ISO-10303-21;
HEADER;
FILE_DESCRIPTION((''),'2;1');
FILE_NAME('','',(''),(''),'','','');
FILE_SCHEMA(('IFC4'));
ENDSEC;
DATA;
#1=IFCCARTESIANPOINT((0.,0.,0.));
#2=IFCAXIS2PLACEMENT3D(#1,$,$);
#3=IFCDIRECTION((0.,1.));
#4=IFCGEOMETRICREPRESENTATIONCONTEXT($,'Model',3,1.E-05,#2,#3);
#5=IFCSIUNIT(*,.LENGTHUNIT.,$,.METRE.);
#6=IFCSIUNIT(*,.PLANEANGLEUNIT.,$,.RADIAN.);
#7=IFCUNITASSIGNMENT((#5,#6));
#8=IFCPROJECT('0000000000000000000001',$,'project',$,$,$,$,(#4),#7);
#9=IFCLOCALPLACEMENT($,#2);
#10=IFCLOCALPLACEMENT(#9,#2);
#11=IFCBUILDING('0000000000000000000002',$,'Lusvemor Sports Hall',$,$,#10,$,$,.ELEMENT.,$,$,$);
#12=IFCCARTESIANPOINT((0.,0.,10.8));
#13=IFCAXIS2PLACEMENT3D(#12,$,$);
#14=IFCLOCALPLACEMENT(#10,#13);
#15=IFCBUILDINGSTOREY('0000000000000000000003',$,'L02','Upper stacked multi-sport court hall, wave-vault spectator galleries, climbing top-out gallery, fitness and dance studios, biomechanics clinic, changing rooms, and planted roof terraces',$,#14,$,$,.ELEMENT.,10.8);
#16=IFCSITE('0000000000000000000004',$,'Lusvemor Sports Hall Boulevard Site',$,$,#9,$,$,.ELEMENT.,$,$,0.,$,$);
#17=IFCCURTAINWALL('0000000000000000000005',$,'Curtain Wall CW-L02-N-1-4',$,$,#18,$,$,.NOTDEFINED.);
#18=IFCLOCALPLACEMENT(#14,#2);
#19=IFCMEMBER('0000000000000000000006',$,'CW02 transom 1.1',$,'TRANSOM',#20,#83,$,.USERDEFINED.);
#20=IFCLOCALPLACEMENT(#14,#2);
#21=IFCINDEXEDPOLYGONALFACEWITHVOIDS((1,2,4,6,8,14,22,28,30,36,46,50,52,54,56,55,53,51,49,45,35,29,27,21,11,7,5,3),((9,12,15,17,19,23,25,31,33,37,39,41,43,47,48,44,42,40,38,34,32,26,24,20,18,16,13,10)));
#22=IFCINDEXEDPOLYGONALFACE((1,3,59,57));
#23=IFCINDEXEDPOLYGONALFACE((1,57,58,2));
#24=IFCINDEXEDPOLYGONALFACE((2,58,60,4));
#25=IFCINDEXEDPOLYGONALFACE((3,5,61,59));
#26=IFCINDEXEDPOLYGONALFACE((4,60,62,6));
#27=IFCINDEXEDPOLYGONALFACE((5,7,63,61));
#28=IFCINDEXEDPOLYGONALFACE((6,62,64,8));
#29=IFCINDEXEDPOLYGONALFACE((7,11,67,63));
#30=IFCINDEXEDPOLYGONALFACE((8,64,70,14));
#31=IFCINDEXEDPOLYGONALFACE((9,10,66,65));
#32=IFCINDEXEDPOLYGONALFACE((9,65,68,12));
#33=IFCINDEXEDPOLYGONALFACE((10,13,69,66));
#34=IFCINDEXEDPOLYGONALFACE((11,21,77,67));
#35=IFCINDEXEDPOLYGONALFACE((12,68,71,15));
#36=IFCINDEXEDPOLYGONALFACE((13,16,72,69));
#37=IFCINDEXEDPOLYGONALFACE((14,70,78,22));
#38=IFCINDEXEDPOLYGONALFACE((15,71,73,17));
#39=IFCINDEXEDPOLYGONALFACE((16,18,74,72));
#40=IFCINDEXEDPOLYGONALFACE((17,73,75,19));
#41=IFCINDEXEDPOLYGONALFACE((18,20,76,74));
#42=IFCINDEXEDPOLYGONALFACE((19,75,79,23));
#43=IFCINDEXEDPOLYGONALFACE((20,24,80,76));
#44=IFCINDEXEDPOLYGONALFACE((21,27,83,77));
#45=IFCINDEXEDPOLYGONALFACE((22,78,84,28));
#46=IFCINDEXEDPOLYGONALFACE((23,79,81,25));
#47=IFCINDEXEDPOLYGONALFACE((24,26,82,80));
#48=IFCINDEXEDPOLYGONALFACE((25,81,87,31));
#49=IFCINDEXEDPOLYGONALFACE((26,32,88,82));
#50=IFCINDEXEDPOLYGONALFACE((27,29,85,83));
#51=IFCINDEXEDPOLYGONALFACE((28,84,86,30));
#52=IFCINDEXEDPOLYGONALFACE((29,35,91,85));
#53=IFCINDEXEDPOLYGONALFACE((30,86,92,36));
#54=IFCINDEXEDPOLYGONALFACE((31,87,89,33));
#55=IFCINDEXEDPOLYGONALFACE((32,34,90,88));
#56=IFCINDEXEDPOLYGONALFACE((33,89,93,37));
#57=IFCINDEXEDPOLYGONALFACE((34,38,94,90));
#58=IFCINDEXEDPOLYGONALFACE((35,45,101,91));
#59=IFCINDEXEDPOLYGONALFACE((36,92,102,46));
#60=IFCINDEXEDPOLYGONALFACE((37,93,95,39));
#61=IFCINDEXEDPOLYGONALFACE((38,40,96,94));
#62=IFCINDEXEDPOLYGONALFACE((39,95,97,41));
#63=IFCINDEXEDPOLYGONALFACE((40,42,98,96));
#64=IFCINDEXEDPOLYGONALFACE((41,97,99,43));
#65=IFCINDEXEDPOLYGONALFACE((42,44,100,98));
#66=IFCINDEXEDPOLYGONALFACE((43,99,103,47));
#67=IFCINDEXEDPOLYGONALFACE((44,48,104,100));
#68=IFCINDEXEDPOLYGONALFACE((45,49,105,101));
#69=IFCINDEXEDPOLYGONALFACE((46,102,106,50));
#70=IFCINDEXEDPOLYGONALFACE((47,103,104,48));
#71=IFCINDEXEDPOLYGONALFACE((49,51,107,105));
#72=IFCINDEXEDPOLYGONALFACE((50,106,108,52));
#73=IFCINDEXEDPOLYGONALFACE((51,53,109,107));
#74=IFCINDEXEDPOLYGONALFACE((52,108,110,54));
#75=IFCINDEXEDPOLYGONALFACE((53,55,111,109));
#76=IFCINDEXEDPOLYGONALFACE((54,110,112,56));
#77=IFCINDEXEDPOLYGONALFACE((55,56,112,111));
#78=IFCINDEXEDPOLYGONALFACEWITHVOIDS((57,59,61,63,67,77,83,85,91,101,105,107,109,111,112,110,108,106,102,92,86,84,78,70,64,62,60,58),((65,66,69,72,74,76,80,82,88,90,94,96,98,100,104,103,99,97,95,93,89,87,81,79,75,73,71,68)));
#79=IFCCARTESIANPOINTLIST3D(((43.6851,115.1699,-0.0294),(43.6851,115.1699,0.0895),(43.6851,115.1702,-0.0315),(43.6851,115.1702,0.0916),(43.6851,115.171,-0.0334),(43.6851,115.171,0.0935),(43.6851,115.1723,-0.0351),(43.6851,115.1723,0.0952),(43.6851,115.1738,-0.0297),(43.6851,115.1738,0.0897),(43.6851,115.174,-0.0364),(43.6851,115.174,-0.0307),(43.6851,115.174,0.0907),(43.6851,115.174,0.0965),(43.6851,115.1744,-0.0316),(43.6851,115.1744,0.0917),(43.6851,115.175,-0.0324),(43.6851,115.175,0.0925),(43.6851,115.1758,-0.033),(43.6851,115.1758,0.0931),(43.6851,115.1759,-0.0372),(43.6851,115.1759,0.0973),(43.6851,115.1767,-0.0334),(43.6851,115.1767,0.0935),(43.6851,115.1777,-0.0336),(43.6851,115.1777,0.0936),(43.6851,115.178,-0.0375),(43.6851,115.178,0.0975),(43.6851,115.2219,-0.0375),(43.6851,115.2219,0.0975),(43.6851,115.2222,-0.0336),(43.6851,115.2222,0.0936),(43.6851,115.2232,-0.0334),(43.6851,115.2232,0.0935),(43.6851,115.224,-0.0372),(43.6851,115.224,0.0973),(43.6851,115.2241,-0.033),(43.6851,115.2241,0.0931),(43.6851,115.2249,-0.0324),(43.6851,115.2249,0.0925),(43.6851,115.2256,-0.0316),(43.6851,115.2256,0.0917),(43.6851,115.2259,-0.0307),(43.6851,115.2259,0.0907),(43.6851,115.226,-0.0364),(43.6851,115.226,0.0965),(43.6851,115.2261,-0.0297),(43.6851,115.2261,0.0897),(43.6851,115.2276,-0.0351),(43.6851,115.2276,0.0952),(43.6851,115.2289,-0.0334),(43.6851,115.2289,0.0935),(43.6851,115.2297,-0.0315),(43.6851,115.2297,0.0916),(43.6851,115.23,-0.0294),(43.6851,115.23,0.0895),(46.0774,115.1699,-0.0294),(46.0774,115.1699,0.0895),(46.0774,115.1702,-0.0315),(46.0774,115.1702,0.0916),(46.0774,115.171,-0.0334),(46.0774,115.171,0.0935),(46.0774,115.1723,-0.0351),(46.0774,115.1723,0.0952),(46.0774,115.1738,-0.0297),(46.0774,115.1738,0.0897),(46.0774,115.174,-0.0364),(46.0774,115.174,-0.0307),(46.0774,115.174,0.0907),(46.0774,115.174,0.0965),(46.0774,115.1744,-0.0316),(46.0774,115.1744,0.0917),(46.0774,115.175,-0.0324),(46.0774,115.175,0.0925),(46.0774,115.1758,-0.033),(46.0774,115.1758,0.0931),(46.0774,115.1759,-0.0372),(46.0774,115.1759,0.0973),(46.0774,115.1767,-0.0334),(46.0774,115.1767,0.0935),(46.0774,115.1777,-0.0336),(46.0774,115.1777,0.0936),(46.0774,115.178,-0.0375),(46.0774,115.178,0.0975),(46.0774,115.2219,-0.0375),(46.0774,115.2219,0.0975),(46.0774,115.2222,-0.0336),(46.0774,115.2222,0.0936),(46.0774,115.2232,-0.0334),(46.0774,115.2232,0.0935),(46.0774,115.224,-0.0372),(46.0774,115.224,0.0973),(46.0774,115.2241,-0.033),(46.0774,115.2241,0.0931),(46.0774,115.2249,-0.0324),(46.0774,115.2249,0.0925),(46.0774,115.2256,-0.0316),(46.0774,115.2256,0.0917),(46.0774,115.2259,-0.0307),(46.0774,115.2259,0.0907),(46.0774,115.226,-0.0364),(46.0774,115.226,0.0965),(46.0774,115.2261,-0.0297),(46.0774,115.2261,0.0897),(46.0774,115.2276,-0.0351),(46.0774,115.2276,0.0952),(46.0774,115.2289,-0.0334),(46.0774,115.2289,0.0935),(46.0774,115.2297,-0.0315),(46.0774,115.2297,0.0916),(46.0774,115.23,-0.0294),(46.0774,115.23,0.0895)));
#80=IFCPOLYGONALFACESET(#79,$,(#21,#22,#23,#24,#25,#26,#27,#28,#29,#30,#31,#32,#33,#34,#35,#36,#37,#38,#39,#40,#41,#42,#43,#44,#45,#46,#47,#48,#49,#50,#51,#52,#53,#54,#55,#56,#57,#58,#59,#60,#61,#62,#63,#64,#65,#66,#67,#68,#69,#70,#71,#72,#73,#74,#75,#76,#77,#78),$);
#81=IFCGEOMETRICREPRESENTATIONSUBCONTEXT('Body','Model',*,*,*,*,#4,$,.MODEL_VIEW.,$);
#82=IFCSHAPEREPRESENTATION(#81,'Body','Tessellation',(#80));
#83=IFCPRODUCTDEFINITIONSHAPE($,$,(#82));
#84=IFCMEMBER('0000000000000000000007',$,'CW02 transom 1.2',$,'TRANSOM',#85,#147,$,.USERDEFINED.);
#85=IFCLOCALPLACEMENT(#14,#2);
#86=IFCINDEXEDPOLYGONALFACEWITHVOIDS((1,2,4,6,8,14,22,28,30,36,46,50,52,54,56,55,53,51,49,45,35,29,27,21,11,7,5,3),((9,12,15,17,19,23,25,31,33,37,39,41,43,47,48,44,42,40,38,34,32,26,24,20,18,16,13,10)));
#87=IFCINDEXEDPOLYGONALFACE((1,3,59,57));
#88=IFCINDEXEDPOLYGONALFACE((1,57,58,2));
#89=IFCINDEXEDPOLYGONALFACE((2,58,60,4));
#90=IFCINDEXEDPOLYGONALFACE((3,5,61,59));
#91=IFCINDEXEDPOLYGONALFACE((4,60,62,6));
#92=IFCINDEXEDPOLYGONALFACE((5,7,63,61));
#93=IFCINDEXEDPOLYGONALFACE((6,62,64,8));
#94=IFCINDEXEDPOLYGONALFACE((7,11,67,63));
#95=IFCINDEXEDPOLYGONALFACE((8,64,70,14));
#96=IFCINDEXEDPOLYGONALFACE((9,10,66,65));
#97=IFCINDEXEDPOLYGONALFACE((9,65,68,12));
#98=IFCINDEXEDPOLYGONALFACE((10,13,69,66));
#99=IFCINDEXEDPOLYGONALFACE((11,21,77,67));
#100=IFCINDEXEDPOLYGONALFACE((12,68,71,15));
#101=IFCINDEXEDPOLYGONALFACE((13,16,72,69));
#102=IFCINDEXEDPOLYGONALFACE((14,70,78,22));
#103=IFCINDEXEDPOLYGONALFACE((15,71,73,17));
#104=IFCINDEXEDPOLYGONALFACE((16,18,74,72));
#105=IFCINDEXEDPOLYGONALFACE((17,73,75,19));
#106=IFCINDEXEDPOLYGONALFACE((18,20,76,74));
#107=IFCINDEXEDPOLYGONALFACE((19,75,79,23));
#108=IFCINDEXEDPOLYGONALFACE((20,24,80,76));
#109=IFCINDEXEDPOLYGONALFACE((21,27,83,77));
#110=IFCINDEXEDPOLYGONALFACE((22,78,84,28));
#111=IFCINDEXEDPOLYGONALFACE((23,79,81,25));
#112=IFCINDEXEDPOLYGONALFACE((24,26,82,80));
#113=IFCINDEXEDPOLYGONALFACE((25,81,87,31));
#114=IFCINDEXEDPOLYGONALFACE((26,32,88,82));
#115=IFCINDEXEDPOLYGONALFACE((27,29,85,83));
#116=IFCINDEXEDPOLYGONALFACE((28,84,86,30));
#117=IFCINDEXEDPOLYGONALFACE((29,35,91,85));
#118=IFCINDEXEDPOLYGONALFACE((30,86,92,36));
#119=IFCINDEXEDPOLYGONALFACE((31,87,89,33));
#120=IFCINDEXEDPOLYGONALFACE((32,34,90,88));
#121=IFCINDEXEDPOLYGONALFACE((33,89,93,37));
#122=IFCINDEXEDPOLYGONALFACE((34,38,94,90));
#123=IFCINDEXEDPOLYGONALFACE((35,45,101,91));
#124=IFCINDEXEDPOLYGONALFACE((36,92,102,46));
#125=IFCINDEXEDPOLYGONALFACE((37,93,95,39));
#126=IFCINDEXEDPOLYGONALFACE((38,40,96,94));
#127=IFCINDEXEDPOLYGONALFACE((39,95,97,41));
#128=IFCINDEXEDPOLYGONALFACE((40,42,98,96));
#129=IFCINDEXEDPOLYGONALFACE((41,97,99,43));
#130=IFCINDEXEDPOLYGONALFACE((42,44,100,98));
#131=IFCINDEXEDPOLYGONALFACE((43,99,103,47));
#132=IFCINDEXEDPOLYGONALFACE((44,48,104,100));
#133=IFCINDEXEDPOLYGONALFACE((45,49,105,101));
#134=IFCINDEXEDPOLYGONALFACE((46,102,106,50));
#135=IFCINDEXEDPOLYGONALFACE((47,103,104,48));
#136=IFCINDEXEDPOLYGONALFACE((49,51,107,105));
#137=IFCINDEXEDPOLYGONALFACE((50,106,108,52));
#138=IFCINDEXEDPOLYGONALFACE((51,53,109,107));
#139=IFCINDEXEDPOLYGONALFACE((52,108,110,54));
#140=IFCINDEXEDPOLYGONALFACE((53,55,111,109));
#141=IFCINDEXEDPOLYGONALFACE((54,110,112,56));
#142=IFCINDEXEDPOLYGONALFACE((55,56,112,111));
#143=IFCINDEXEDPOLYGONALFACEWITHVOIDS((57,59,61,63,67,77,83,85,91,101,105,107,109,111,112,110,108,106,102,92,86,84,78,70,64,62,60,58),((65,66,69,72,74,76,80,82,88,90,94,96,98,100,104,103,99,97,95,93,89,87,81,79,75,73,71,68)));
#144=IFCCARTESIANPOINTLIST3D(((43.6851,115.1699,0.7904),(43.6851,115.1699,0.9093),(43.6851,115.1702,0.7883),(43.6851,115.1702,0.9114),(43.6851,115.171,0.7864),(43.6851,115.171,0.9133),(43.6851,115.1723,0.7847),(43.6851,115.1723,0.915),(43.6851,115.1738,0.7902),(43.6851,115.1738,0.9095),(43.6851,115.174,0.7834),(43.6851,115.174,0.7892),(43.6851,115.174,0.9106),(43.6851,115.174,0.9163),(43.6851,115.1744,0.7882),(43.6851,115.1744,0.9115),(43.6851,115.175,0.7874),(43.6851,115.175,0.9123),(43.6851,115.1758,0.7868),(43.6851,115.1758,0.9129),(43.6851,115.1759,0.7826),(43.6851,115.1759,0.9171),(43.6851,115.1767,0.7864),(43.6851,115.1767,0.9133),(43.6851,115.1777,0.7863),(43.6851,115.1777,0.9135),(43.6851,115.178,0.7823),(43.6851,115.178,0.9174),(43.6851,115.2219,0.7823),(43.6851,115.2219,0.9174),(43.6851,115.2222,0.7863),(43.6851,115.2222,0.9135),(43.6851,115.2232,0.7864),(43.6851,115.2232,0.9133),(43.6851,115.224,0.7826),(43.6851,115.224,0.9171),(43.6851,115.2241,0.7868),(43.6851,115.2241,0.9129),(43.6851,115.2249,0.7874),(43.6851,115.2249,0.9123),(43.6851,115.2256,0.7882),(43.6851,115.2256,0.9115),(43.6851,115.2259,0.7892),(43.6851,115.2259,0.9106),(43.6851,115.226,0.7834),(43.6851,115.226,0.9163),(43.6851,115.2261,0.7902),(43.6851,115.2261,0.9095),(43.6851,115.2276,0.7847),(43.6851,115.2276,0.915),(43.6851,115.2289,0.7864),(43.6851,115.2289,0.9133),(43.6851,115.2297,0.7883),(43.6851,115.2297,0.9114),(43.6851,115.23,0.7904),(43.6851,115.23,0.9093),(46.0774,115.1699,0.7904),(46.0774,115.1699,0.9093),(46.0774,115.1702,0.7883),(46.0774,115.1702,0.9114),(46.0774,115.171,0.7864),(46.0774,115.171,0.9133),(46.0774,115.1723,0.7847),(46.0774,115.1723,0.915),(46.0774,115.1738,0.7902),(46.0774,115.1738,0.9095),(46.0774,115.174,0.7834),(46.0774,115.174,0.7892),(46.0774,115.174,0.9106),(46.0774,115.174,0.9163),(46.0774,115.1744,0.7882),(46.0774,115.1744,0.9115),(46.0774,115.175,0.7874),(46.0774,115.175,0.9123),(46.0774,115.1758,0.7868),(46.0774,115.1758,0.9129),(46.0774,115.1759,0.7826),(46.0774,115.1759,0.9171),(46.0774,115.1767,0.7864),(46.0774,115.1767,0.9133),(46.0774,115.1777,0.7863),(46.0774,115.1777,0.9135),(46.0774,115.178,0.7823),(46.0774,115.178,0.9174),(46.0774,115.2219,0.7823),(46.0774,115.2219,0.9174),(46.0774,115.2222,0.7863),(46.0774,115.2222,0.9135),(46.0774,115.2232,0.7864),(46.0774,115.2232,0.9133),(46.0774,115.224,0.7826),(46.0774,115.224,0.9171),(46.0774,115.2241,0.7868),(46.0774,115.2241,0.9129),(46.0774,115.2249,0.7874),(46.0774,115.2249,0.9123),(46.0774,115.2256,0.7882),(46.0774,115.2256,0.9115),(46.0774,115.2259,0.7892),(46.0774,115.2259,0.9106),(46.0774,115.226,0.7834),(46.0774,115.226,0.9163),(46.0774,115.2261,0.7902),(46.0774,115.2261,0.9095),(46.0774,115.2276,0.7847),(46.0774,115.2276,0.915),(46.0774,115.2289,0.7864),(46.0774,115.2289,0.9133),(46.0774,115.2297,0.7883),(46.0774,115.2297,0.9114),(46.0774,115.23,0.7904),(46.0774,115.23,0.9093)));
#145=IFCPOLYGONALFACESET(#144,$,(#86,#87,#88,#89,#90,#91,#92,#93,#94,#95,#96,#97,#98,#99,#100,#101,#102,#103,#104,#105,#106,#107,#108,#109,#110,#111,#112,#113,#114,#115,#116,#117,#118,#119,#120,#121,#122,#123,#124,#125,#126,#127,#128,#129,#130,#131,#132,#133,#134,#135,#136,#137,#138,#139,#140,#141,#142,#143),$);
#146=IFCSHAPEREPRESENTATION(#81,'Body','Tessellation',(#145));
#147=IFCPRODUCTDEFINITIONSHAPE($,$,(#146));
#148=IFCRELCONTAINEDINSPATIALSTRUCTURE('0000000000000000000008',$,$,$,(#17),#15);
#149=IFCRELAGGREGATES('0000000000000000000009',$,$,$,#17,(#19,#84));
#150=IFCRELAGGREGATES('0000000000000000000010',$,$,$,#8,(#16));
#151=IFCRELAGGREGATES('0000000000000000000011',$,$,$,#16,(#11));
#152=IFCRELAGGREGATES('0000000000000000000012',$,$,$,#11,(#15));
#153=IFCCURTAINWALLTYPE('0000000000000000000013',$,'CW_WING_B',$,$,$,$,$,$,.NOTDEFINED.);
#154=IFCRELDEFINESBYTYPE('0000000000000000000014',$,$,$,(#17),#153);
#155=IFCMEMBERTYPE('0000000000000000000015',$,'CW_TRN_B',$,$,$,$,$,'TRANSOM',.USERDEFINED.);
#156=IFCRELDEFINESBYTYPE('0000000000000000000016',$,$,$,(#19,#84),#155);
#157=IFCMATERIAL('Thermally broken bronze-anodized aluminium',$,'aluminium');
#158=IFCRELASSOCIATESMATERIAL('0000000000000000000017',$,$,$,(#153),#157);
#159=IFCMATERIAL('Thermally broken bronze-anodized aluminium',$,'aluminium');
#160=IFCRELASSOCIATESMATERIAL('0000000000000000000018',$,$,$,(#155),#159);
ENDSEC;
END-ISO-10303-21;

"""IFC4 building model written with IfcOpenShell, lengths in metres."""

from ifc_helpers import new_model, si_unit, direction, frame, origin, origin_2d, place, context, subcontext, project, spatial, hollow_rectangle, extrude, material, material_profile, profile_set, type_object, element, aggregate, save


model = new_model("IFC4")

# Units and contexts
model_context = context("Model", 3, precision=1e-05, world=origin(), true_north=direction((0.0, 1.0)))
body_context = subcontext(model_context, "Body", "Model", "MODEL_VIEW")
ifc_project = project(units=[si_unit("LENGTHUNIT", "METRE"), si_unit("PLANEANGLEUNIT", "RADIAN")], contexts=[model_context])

# Site, building, storey
site_placement = place(None, origin())
site = spatial("IfcSite", under=ifc_project, at=site_placement, Name="Lusvemor Sports Hall Boulevard Site", CompositionType="ELEMENT", RefElevation=0.0)
building_placement = place(site_placement, origin())
building = spatial("IfcBuilding", under=site, at=building_placement, Name="Lusvemor Sports Hall", CompositionType="ELEMENT")
storey_placement = place(building_placement, frame((0.0, 0.0, 10.8)))
storey = spatial("IfcBuildingStorey", under=building, at=storey_placement, Name="L02", Description="Upper stacked multi-sport court hall, wave-vault spectator galleries, climbing top-out gallery, fitness and dance studios, biomechanics clinic, changing rooms, and planted roof terraces", CompositionType="ELEMENT", Elevation=10.8)

# Curtain wall, members
ifc_material_1 = material(Name="Thermally broken bronze-anodized aluminium", Category="aluminium")
curtain_wall_type = type_object("IfcCurtainWallType", Name="CW_WING_B", PredefinedType="NOTDEFINED", material=ifc_material_1)
curtain_wall_placement = place(storey_placement, origin())
curtain_wall = element("IfcCurtainWall", 1, at=curtain_wall_placement, inside=storey, type_object=curtain_wall_type, Name="Curtain Wall CW-L02-N-1-4", PredefinedType="NOTDEFINED")
ifc_material_2 = material(Name="Thermally broken bronze-anodized aluminium", Category="aluminium")
ifc_material_profile_1 = material_profile(ifc_material_2, hollow_rectangle(XDim=0.0601, YDim=0.135, WallThickness=0.0039, InnerFilletRadius=0.0039, OuterFilletRadius=0.0081, at=origin_2d()), Name="CWTRN135x60x4")
ifc_profile_set_1 = profile_set([ifc_material_profile_1], Name="Thermally broken bronze-anodized aluminium")
member_type_1 = type_object("IfcMemberType", Name="CW_TRN_B", ElementType="TRANSOM", PredefinedType="USERDEFINED", material=ifc_profile_set_1)
member_1_placement = place(storey_placement, frame((43.6851, 115.2, 0.03), z_axis=(1.0, 0.0, 0.0), x_axis=(0.0, 1.0, 0.0)))
member_1 = element("IfcMember", 2, at=member_1_placement, type_object=member_type_1, Name="CW02 transom 1.1", ObjectType="TRANSOM", PredefinedType="USERDEFINED", context=body_context, shape_type="SweptSolid", body=[
    extrude(hollow_rectangle(XDim=0.0601, YDim=0.135, WallThickness=0.0039, InnerFilletRadius=0.0039, OuterFilletRadius=0.0081, at=origin_2d()), origin(), (0.0, 0.0, 1.0), 2.3923),
])
member_2_placement = place(storey_placement, frame((43.6851, 115.2, 0.8499), z_axis=(1.0, 0.0, 0.0), x_axis=(0.0, 1.0, 0.0)))
member_2 = element("IfcMember", 3, at=member_2_placement, type_object=member_type_1, Name="CW02 transom 1.2", ObjectType="TRANSOM", PredefinedType="USERDEFINED", context=body_context, shape_type="SweptSolid", body=[
    extrude(hollow_rectangle(XDim=0.0601, YDim=0.135, WallThickness=0.0039, InnerFilletRadius=0.0039, OuterFilletRadius=0.0081, at=origin_2d()), origin(), (0.0, 0.0, 1.0), 2.3923),
])

aggregate(curtain_wall, [member_1, member_2])

save(model, "model.ifc")
